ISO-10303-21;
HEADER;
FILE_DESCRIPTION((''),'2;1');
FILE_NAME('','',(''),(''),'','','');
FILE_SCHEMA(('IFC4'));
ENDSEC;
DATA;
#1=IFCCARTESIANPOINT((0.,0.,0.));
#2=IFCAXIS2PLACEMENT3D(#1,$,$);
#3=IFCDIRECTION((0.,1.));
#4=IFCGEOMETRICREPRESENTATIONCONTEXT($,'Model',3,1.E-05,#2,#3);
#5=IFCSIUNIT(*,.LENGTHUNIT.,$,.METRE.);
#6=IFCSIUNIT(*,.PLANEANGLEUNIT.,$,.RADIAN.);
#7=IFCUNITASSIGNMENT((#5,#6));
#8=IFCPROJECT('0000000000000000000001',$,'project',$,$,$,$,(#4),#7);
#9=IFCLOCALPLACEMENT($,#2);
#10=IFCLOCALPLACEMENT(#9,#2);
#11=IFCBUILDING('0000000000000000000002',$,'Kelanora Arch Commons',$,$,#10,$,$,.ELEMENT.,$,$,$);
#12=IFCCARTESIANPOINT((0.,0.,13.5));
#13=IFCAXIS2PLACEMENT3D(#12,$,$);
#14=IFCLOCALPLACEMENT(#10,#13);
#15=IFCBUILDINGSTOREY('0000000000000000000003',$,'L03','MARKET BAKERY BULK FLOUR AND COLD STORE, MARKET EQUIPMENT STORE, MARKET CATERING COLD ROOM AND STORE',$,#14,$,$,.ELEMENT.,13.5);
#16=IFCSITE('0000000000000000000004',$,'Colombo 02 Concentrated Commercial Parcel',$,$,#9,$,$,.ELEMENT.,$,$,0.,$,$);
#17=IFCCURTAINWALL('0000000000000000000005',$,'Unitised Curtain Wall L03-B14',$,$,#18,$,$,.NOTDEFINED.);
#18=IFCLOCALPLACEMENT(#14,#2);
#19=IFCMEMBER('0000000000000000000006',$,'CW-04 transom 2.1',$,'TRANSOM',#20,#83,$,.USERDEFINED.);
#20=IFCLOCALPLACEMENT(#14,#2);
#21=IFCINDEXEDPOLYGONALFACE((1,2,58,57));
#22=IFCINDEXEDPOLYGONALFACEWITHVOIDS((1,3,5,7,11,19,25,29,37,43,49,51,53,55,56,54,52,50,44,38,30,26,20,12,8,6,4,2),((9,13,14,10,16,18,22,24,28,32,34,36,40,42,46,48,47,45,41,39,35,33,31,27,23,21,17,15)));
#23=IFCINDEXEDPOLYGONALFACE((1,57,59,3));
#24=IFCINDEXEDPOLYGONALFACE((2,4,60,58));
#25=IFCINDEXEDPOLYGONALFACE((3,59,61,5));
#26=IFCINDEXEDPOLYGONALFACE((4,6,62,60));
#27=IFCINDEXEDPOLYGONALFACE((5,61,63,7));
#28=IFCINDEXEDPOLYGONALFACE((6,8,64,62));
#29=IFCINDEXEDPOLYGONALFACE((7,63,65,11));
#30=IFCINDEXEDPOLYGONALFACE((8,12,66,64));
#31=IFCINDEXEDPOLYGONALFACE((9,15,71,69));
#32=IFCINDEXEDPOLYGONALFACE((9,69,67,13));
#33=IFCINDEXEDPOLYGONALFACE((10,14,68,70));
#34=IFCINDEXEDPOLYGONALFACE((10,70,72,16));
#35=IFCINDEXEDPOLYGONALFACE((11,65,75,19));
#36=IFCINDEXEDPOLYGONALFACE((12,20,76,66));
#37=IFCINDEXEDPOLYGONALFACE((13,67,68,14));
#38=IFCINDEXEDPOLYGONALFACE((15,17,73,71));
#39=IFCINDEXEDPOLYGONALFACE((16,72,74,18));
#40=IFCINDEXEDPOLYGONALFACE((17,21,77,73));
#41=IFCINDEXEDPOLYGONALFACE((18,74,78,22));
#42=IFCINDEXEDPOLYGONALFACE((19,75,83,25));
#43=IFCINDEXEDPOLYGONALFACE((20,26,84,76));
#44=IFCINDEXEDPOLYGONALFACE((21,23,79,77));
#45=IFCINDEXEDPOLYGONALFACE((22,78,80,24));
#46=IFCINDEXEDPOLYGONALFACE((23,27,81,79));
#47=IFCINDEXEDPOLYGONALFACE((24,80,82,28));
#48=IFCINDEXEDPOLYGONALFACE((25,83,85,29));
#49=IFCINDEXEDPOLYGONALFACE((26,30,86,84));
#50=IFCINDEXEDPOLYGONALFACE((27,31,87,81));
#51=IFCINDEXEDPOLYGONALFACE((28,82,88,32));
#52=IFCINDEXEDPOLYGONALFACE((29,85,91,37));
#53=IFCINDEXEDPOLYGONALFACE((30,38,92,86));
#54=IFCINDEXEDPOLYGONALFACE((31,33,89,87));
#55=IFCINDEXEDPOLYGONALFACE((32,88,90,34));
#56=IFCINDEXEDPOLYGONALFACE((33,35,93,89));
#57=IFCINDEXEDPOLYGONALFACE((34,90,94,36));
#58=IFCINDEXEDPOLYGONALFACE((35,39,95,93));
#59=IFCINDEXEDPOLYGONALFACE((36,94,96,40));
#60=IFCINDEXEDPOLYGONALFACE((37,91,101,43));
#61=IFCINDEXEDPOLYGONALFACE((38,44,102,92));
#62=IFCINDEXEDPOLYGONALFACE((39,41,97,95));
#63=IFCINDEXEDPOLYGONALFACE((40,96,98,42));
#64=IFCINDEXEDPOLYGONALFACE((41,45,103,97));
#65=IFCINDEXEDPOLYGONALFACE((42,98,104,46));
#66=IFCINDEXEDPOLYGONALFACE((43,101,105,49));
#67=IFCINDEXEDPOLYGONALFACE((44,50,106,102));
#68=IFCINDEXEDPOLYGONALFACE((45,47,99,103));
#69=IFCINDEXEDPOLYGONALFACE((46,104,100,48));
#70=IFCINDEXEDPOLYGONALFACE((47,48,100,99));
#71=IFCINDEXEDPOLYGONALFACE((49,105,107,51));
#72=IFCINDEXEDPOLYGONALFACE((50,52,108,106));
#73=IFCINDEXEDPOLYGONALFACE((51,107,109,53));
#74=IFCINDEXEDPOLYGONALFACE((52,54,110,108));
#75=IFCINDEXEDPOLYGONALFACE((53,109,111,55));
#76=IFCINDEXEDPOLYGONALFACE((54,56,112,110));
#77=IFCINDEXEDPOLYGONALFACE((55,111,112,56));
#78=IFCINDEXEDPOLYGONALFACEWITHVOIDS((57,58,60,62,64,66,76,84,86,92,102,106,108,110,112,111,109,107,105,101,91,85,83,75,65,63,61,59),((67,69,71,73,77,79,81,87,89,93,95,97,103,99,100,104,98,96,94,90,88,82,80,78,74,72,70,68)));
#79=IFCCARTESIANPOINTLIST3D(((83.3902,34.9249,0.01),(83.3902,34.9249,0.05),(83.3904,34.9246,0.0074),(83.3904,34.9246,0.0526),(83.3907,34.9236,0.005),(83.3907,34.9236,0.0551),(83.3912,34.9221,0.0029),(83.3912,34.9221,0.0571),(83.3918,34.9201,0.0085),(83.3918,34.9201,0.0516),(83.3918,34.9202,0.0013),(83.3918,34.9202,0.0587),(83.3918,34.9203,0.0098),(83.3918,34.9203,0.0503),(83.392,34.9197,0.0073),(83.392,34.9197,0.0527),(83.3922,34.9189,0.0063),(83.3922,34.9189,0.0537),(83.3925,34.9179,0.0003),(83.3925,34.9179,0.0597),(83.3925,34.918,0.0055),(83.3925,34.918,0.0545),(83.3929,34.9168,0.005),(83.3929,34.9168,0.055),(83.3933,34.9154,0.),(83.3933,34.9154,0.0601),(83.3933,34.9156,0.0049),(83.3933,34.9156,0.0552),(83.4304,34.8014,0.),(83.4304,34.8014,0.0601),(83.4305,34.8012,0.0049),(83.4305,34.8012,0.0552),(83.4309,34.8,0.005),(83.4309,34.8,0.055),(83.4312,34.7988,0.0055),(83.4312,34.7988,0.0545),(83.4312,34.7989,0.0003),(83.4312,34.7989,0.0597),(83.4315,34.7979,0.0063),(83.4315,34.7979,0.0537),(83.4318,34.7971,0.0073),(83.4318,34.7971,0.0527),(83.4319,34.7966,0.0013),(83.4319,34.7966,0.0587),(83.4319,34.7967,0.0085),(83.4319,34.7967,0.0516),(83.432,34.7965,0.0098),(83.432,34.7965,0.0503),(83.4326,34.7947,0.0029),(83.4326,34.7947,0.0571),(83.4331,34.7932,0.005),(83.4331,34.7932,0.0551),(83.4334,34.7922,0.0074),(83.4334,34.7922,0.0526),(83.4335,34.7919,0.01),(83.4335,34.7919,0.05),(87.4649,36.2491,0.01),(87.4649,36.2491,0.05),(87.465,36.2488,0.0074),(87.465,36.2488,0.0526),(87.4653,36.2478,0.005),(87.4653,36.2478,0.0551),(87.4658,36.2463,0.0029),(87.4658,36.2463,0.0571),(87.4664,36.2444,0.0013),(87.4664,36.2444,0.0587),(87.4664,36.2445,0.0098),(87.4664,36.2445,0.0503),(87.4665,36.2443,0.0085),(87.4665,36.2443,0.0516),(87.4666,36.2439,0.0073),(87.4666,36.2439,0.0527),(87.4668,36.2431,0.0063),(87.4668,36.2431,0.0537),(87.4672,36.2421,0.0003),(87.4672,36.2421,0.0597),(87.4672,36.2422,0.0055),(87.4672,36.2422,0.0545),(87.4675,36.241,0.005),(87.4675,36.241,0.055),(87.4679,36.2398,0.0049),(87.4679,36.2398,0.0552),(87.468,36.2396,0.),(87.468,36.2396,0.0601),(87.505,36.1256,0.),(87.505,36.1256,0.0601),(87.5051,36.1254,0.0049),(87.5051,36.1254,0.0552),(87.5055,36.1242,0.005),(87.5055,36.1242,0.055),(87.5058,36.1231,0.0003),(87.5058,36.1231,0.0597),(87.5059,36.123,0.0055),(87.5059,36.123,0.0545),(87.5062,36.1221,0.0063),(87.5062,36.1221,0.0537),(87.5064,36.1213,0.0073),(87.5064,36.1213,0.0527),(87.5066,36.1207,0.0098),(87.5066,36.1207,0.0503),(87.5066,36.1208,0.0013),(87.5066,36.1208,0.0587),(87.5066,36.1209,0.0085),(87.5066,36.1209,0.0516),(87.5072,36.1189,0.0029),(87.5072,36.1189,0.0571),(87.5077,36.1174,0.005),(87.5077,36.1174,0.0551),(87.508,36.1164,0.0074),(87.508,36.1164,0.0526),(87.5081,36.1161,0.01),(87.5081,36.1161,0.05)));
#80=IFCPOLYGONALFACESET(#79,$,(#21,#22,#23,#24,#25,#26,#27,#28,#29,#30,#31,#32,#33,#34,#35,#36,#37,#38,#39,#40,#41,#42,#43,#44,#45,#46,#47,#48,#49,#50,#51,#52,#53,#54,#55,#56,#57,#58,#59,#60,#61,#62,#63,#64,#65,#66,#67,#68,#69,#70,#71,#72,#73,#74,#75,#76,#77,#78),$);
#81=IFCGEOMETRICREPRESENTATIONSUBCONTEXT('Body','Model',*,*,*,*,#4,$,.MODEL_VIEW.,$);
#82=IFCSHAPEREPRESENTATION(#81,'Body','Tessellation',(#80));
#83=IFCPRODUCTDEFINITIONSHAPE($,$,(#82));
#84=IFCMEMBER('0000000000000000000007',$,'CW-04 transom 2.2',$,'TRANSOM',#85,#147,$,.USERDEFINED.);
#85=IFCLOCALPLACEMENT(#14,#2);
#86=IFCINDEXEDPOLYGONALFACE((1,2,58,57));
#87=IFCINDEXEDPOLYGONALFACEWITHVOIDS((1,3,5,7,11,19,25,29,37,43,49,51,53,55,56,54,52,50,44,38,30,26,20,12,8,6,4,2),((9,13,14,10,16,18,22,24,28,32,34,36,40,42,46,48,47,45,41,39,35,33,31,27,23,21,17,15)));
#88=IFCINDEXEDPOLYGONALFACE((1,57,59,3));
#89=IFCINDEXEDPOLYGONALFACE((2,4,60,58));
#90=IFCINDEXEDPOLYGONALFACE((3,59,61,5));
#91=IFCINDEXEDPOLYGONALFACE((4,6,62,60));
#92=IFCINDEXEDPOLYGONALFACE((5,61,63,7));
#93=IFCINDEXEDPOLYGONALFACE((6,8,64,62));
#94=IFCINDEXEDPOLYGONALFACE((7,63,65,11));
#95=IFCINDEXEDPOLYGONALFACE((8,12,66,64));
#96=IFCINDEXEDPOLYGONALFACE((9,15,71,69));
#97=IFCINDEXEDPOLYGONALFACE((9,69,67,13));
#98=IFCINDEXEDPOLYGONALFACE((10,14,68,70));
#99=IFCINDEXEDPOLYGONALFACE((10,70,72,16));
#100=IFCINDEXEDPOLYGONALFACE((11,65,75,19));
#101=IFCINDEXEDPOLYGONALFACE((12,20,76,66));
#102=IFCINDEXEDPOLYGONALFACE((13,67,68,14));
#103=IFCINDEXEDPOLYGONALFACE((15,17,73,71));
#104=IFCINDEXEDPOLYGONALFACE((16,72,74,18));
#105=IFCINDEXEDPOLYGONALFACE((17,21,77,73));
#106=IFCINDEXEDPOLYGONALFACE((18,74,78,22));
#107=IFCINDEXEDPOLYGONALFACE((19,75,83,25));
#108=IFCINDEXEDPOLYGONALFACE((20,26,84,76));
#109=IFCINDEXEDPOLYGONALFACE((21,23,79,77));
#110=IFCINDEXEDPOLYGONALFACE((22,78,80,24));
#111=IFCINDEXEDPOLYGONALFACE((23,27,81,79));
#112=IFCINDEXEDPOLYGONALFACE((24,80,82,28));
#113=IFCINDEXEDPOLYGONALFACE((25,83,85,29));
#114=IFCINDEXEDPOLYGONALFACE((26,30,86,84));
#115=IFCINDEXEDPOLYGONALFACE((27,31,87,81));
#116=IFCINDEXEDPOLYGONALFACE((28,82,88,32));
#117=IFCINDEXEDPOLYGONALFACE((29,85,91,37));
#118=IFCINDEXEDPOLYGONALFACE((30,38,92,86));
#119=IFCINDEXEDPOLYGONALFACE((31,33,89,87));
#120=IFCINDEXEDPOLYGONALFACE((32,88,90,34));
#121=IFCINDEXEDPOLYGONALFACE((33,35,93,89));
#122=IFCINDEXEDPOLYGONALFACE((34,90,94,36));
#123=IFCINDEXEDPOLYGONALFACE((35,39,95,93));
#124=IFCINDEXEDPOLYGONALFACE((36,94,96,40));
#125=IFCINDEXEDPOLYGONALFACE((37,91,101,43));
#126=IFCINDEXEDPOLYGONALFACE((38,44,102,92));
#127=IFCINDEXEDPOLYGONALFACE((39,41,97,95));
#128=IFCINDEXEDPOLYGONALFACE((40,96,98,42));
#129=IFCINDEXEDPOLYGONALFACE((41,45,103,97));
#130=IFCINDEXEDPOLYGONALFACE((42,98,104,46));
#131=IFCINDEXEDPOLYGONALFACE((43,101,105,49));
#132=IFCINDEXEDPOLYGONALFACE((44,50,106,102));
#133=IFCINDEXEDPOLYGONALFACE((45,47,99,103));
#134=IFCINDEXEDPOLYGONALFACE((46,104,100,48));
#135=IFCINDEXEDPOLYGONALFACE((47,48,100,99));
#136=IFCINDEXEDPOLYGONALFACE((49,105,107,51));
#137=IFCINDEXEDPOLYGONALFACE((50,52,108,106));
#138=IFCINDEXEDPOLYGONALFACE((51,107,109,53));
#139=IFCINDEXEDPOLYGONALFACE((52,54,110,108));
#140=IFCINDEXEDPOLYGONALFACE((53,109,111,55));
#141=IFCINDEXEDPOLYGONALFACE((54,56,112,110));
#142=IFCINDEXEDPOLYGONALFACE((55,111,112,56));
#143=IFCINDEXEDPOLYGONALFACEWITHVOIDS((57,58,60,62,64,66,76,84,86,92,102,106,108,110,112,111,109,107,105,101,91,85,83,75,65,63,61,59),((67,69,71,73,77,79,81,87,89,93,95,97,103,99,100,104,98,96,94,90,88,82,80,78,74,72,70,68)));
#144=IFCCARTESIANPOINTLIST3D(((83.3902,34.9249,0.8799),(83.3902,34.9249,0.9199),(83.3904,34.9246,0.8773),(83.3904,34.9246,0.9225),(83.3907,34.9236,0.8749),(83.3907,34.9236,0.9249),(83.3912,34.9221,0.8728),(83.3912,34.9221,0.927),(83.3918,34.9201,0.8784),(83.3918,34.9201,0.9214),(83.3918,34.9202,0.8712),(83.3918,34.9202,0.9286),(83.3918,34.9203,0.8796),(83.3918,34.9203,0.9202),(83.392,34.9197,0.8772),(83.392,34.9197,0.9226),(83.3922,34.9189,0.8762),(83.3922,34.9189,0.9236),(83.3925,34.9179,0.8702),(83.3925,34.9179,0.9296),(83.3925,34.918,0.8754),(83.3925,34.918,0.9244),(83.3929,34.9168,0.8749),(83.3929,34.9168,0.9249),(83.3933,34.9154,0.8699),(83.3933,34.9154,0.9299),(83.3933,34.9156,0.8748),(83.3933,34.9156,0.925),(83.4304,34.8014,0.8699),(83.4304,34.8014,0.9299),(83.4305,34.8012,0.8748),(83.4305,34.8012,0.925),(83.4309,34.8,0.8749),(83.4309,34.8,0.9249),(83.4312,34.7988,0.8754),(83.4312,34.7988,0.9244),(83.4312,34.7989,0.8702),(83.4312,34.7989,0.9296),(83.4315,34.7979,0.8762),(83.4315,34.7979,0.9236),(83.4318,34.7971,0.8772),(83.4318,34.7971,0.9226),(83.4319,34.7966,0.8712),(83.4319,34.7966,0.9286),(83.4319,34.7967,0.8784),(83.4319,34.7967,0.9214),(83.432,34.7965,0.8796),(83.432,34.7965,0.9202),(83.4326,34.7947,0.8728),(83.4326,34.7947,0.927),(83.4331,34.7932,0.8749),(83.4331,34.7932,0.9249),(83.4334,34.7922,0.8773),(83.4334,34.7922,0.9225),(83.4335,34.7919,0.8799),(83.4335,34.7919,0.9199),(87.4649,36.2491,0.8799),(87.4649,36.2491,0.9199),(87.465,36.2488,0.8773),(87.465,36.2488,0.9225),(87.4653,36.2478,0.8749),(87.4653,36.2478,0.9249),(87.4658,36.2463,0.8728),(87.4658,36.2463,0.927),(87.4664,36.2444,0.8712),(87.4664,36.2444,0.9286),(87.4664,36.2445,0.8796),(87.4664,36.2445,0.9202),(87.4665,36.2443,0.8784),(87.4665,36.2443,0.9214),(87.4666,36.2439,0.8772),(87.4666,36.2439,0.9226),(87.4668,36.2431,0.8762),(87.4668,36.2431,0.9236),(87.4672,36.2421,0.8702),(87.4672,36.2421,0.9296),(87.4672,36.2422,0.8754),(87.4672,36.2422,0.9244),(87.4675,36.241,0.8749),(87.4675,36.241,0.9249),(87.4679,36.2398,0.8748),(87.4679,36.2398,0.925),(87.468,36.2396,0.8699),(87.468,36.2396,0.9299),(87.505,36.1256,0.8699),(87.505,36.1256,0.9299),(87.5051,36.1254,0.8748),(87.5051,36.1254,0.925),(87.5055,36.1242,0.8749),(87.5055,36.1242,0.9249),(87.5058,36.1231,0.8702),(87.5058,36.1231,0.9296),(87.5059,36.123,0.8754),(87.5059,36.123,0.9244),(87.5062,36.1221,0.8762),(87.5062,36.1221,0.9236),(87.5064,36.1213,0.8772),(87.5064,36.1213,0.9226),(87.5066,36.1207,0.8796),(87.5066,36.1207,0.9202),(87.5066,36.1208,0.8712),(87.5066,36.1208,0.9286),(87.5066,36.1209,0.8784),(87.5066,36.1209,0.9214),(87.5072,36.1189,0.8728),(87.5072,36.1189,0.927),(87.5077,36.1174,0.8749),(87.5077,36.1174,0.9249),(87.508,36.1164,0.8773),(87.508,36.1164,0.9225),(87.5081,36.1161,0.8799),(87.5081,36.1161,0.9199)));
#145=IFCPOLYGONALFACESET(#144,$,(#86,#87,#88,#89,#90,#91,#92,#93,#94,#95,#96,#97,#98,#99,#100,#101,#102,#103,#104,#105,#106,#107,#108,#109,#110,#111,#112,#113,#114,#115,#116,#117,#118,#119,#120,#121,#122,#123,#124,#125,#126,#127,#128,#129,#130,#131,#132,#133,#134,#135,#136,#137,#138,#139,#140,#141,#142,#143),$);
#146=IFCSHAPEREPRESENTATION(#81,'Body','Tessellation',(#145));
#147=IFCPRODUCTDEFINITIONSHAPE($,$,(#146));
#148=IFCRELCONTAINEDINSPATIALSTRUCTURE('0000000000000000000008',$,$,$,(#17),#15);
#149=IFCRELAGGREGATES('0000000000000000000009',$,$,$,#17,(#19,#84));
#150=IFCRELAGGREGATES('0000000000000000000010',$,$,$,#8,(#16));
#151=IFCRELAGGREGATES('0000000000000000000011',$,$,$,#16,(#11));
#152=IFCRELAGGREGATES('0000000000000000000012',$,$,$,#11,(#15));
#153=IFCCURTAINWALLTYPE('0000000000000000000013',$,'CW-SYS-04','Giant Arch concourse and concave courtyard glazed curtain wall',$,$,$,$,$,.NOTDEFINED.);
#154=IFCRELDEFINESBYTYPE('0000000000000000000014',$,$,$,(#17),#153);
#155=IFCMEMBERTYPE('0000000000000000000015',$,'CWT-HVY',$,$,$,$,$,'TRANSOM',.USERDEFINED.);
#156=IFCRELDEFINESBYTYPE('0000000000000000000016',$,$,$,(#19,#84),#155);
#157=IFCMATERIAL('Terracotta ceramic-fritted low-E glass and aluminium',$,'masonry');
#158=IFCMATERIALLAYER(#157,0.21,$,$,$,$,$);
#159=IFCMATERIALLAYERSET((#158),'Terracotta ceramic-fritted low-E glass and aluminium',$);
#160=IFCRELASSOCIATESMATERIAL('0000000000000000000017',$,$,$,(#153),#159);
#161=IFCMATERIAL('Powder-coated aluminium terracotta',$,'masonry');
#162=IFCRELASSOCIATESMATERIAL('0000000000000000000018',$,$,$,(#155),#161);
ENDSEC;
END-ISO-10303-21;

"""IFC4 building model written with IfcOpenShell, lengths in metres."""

from ifc_helpers import new_model, si_unit, direction, frame, origin, origin_2d, place, context, subcontext, project, spatial, hollow_rectangle, extrude, material, layer, layer_set, material_profile, profile_set, type_object, element, aggregate, save


model = new_model("IFC4")

# Units and contexts
model_context = context("Model", 3, precision=1e-05, world=origin(), true_north=direction((0.0, 1.0)))
body_context = subcontext(model_context, "Body", "Model", "MODEL_VIEW")
ifc_project = project(units=[si_unit("LENGTHUNIT", "METRE"), si_unit("PLANEANGLEUNIT", "RADIAN")], contexts=[model_context])

# Site, building, storey
site_placement = place(None, origin())
site = spatial("IfcSite", under=ifc_project, at=site_placement, Name="Colombo 02 Concentrated Commercial Parcel", CompositionType="ELEMENT", RefElevation=0.0)
building_placement = place(site_placement, origin())
building = spatial("IfcBuilding", under=site, at=building_placement, Name="Kelanora Arch Commons", CompositionType="ELEMENT")
storey_placement = place(building_placement, frame((0.0, 0.0, 13.5)))
storey = spatial("IfcBuildingStorey", under=building, at=storey_placement, Name="L03", Description="MARKET BAKERY BULK FLOUR AND COLD STORE, MARKET EQUIPMENT STORE, MARKET CATERING COLD ROOM AND STORE", CompositionType="ELEMENT", Elevation=13.5)

# Curtain wall, members
ifc_material_1 = material(Name="Terracotta ceramic-fritted low-E glass and aluminium", Category="masonry")
ifc_layer_1 = layer(ifc_material_1, 0.21)
ifc_layer_set_1 = layer_set([ifc_layer_1], Name="Terracotta ceramic-fritted low-E glass and aluminium")
curtain_wall_type = type_object("IfcCurtainWallType", Name="CW-SYS-04", Description="Giant Arch concourse and concave courtyard glazed curtain wall", PredefinedType="NOTDEFINED", material=ifc_layer_set_1)
curtain_wall_placement = place(storey_placement, origin())
curtain_wall = element("IfcCurtainWall", 1, at=curtain_wall_placement, inside=storey, type_object=curtain_wall_type, Name="Unitised Curtain Wall L03-B14", PredefinedType="NOTDEFINED")
ifc_material_2 = material(Name="Powder-coated aluminium terracotta", Category="masonry")
ifc_material_profile_1 = material_profile(ifc_material_2, hollow_rectangle(XDim=0.1399, YDim=0.0601, WallThickness=0.0049, InnerFilletRadius=0.0049, OuterFilletRadius=0.01, at=origin_2d()), Name="CWT140x60")
ifc_profile_set_1 = profile_set([ifc_material_profile_1], Name="Powder-coated aluminium terracotta")
member_type_1 = type_object("IfcMemberType", Name="CWT-HVY", ElementType="TRANSOM", PredefinedType="USERDEFINED", material=ifc_profile_set_1)
member_1_placement = place(storey_placement, frame((83.4119, 34.8584, 0.03), z_axis=(0.951038, 0.309073, 0.0), x_axis=(-0.309073, 0.951038, 0.0)))
member_1 = element("IfcMember", 2, at=member_1_placement, type_object=member_type_1, Name="CW-04 transom 2.1", ObjectType="TRANSOM", PredefinedType="USERDEFINED", context=body_context, shape_type="SweptSolid", body=[
    extrude(hollow_rectangle(XDim=0.1399, YDim=0.0601, WallThickness=0.0049, InnerFilletRadius=0.0049, OuterFilletRadius=0.01, at=origin_2d()), origin(), (0.0, 0.0, 1.0), 4.2844),
])
member_2_placement = place(storey_placement, frame((83.4119, 34.8584, 0.8999), z_axis=(0.951038, 0.309073, 0.0), x_axis=(-0.309073, 0.951038, 0.0)))
member_2 = element("IfcMember", 3, at=member_2_placement, type_object=member_type_1, Name="CW-04 transom 2.2", ObjectType="TRANSOM", PredefinedType="USERDEFINED", context=body_context, shape_type="SweptSolid", body=[
    extrude(hollow_rectangle(XDim=0.1399, YDim=0.0601, WallThickness=0.0049, InnerFilletRadius=0.0049, OuterFilletRadius=0.01, at=origin_2d()), origin(), (0.0, 0.0, 1.0), 4.2844),
])
aggregate(curtain_wall, [member_1, member_2])

save(model, "model.ifc")
